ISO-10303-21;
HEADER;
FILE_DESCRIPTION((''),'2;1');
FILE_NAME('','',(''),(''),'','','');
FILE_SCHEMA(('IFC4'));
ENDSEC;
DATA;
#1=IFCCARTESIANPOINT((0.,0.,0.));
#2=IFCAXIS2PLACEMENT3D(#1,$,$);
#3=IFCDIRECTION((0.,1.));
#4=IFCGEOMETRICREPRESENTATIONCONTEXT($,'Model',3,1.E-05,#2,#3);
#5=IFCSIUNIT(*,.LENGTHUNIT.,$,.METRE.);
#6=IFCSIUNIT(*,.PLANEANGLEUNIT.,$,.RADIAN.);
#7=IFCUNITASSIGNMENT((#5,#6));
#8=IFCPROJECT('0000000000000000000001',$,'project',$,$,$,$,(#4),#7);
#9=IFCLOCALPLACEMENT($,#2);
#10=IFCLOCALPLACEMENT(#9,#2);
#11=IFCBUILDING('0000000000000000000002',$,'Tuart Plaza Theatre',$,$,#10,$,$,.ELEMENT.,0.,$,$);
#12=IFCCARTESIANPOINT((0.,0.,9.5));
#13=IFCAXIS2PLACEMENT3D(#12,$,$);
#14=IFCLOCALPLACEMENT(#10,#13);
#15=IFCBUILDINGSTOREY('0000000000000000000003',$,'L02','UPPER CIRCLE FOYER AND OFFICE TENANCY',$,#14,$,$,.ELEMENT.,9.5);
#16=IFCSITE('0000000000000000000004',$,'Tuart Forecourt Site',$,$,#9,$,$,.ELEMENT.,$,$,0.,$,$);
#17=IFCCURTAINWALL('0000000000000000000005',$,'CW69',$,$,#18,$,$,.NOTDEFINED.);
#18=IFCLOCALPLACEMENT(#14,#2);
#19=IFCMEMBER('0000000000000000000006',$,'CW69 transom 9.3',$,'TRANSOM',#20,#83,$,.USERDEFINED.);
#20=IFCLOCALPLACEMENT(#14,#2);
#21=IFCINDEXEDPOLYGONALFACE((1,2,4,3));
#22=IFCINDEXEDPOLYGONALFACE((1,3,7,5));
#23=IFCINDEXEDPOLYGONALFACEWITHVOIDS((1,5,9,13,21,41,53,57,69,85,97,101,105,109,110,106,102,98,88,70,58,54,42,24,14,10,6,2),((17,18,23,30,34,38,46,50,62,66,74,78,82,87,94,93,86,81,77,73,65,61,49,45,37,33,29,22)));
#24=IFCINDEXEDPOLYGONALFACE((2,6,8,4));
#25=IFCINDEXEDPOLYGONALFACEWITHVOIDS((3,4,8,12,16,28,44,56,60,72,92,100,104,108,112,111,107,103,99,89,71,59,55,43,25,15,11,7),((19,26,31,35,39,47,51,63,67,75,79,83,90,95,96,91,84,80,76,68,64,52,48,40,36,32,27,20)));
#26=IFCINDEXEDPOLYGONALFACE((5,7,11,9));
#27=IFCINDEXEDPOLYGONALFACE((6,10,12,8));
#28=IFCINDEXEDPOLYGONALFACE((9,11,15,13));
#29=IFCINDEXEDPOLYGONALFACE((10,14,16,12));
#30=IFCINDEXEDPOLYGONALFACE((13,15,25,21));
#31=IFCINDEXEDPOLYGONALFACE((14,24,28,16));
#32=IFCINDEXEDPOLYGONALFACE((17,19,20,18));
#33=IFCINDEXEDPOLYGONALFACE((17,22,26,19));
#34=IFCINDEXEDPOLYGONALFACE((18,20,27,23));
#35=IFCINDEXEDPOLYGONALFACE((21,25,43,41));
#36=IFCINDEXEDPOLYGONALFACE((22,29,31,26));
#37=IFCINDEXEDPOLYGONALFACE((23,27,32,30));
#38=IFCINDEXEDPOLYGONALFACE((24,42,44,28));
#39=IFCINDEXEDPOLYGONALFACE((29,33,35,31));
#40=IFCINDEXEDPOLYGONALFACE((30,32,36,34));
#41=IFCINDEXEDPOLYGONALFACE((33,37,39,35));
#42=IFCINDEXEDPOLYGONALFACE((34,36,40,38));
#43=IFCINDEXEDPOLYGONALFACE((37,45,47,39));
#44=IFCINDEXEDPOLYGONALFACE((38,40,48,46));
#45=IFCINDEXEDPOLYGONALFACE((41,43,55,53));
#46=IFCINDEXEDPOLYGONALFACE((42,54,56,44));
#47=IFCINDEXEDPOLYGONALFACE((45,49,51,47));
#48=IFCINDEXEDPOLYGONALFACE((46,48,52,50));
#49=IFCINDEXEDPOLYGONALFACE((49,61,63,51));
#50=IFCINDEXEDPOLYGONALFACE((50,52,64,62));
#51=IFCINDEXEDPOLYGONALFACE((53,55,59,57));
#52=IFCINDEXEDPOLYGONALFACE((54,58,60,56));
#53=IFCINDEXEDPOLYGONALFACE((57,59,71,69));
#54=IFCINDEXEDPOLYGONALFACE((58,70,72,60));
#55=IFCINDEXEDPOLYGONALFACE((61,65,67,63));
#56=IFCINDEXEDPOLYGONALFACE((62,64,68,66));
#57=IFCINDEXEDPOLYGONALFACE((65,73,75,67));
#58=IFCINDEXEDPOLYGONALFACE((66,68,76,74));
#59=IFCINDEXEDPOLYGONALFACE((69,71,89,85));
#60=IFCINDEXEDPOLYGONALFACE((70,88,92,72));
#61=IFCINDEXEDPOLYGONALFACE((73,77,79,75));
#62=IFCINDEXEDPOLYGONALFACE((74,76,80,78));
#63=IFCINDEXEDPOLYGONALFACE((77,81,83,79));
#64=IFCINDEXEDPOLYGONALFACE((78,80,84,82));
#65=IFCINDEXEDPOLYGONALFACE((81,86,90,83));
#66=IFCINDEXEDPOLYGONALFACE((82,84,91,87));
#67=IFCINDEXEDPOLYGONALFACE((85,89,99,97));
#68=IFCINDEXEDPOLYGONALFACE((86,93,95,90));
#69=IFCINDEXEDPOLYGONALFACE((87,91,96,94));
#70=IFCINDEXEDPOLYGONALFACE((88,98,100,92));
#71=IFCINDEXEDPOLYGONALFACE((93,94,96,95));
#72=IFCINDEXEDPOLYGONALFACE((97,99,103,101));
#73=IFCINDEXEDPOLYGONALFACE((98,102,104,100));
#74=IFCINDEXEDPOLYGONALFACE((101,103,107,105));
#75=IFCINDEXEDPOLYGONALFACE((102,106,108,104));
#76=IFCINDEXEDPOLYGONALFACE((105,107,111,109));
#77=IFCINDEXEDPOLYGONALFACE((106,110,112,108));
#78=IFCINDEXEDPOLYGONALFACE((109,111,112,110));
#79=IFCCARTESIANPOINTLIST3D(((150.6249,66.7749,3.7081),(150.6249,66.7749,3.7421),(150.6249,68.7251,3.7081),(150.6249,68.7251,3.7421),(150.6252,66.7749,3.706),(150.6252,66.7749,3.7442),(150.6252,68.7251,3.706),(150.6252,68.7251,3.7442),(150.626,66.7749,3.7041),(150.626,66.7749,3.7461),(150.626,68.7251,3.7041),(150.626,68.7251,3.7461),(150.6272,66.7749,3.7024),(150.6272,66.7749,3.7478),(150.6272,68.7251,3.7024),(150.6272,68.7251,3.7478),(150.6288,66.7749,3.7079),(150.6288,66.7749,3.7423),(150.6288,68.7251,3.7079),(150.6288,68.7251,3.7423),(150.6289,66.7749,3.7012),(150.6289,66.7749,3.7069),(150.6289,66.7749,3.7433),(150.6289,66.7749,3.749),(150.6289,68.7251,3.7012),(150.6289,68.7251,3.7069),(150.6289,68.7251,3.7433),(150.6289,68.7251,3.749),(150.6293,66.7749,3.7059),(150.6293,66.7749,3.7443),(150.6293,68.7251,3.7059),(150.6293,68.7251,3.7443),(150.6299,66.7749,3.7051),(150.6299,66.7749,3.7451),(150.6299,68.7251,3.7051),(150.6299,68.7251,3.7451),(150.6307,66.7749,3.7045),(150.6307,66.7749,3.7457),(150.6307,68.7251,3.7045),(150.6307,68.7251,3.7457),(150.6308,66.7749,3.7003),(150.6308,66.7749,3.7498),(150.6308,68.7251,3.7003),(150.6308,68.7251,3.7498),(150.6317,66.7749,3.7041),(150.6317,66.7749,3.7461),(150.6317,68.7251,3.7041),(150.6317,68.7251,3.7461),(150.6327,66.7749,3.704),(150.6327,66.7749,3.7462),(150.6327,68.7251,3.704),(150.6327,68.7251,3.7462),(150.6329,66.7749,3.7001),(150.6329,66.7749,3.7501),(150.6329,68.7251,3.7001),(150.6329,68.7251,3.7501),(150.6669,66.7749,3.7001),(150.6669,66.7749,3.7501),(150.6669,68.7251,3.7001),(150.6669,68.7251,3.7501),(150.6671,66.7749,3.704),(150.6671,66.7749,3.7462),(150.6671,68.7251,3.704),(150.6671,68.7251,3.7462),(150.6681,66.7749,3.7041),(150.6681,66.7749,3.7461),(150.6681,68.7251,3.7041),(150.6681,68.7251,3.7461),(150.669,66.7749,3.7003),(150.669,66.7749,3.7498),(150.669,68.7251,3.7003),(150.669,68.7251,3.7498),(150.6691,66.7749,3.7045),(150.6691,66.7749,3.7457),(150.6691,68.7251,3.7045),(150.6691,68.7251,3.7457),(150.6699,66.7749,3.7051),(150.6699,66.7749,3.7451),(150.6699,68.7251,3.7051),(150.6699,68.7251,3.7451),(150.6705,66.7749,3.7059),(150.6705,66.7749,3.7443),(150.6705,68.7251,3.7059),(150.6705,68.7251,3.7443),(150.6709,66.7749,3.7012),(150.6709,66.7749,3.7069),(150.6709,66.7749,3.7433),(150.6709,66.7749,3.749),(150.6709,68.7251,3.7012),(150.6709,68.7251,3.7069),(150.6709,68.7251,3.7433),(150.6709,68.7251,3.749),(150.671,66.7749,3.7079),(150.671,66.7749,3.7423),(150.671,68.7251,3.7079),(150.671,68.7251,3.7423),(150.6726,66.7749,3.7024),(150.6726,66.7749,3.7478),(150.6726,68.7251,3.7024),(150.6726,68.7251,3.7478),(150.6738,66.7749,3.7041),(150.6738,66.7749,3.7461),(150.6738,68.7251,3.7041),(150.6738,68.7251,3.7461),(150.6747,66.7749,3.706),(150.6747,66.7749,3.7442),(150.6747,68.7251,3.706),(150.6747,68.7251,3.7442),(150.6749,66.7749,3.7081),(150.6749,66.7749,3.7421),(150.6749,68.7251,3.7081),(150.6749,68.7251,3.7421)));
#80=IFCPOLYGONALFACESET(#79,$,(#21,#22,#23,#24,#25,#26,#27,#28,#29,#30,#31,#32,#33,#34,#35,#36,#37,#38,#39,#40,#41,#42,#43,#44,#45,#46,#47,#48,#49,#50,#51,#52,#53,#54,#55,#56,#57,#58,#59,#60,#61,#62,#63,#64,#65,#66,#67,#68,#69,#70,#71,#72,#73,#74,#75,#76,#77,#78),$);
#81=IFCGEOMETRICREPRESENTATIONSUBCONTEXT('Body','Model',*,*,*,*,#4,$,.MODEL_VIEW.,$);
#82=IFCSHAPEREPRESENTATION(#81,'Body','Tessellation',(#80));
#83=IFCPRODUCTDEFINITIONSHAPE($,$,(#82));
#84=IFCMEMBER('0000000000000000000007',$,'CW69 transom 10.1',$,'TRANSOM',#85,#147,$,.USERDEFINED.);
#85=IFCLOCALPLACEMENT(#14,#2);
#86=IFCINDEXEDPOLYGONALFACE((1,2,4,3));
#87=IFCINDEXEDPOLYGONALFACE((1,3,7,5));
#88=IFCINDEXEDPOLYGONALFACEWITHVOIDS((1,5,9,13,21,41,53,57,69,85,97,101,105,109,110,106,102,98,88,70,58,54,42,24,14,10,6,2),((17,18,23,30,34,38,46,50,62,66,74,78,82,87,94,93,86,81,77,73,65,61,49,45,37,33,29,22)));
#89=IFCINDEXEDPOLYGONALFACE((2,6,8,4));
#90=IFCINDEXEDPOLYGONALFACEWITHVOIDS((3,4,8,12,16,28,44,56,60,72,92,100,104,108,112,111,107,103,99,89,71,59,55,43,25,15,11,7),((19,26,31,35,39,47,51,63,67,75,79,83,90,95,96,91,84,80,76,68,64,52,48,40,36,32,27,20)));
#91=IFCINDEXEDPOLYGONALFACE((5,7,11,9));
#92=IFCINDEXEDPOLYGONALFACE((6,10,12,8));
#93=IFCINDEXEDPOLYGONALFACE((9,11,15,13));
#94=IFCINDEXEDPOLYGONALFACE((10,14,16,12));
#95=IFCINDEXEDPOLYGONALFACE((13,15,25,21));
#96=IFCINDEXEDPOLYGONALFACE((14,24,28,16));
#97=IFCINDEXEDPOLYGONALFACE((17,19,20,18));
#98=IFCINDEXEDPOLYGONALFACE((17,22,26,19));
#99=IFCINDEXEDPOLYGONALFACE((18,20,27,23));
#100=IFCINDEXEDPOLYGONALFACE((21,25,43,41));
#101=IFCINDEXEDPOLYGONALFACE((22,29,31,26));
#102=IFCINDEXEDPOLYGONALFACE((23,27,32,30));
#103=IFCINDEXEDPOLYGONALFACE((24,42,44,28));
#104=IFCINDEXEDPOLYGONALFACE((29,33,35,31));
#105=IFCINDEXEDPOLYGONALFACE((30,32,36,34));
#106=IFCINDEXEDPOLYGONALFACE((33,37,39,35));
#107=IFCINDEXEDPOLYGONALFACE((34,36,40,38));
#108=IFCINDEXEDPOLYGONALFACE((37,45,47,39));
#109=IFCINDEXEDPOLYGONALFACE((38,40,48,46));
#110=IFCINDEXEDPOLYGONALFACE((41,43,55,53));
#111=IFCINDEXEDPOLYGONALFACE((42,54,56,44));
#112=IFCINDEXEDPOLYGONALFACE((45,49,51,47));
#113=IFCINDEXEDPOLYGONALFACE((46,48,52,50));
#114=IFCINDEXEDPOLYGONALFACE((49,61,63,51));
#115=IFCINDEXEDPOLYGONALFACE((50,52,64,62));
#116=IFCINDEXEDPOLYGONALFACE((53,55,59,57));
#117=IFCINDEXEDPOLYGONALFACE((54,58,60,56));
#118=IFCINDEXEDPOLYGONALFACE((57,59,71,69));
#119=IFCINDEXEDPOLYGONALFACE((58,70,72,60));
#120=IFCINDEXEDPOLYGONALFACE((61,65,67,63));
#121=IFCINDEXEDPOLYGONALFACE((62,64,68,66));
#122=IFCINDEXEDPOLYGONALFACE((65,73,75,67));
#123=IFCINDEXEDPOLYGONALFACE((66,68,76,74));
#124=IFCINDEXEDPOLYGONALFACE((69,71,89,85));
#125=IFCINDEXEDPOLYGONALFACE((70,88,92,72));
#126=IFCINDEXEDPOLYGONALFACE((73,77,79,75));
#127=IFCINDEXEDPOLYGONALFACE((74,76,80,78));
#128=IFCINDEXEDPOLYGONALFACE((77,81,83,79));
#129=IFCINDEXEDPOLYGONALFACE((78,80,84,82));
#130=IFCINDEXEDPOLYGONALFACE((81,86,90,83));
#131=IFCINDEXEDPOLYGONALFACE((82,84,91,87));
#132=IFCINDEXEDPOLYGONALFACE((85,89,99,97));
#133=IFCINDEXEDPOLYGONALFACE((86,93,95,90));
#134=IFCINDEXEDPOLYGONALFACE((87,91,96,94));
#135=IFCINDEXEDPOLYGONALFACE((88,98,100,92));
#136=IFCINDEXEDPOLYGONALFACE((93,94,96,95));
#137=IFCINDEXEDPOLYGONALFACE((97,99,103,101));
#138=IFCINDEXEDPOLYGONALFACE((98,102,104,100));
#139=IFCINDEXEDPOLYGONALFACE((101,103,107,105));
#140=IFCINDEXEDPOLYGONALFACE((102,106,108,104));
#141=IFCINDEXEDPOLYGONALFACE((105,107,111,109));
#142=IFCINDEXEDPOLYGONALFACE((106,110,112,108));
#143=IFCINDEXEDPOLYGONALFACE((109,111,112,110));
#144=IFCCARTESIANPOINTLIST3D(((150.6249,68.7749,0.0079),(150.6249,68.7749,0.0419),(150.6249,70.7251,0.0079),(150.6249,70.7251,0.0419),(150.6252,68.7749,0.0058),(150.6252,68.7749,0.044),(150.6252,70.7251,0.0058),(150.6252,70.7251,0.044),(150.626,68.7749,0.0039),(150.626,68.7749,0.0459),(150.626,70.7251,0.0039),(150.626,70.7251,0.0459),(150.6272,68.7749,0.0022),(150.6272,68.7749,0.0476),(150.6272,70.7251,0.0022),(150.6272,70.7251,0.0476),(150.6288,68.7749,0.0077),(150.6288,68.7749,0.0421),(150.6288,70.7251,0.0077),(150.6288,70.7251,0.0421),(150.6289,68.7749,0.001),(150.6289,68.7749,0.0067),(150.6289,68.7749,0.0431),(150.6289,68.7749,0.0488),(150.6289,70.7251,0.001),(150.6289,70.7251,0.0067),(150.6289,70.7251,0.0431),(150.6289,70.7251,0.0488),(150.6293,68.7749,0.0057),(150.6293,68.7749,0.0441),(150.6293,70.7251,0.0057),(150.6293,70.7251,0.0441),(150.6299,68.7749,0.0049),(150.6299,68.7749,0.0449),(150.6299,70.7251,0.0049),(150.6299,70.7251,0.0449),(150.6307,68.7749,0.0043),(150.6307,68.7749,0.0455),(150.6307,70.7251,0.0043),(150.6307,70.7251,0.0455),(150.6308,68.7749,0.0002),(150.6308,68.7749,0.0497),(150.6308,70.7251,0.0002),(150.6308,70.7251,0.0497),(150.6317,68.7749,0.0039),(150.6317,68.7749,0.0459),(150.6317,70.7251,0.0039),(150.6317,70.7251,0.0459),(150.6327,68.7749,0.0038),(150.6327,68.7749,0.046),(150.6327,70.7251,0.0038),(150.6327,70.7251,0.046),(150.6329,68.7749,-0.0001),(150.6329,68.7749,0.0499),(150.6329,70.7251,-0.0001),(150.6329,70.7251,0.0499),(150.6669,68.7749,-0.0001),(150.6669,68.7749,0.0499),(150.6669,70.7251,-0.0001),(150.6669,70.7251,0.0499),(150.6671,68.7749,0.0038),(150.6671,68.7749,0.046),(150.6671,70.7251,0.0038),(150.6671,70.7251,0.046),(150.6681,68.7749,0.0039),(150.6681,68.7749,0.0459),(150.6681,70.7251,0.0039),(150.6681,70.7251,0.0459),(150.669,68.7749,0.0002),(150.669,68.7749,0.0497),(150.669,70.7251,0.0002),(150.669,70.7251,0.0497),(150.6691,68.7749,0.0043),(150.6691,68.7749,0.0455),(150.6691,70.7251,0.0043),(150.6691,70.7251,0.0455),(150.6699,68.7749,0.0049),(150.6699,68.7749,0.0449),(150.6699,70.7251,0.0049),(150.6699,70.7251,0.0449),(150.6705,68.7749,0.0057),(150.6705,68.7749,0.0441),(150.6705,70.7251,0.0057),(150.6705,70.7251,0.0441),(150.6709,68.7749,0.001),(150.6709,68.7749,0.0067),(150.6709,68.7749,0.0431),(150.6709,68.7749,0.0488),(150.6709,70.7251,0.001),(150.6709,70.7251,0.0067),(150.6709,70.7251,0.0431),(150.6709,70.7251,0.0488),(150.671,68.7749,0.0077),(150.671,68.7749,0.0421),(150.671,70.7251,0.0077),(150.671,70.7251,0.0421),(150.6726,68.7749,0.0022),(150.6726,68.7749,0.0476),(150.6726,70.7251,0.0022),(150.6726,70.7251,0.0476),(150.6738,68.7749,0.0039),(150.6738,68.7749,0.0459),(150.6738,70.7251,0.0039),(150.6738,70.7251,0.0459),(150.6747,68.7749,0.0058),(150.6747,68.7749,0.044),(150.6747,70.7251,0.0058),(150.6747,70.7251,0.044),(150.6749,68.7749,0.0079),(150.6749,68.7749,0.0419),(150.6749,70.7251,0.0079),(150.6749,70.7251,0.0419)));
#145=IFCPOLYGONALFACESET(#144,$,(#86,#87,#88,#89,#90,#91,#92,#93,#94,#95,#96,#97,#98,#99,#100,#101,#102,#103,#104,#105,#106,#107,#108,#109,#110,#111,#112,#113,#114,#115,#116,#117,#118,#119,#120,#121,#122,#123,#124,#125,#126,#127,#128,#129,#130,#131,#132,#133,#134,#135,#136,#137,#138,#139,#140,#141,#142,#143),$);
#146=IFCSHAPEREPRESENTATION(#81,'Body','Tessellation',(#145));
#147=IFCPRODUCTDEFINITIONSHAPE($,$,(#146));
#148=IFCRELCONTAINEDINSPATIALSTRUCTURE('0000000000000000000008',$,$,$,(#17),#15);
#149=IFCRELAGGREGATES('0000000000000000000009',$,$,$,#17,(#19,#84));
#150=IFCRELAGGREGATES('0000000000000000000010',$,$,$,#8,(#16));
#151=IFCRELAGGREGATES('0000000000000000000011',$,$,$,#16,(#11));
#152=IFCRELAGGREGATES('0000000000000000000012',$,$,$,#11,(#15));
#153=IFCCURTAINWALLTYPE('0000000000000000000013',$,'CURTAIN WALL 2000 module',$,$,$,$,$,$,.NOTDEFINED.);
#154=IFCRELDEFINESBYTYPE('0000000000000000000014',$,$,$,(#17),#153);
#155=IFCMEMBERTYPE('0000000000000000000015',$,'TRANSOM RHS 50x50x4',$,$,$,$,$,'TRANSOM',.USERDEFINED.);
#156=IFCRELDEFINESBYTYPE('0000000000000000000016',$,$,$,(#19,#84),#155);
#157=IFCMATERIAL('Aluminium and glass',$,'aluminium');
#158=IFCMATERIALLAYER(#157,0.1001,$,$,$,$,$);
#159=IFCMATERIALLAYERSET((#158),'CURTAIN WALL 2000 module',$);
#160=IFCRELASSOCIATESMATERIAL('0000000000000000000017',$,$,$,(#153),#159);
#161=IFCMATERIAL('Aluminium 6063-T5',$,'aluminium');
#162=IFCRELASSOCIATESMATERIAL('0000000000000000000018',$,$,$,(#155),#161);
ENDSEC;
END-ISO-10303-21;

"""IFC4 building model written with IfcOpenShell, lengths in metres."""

from ifc_helpers import new_model, si_unit, direction, frame, origin, origin_2d, place, context, subcontext, project, spatial, hollow_rectangle, extrude, material, layer, layer_set, material_profile, profile_set, type_object, element, aggregate, save


model = new_model("IFC4")

# Units and contexts
model_context = context("Model", 3, precision=1e-05, world=origin(), true_north=direction((0.0, 1.0)))
body_context = subcontext(model_context, "Body", "Model", "MODEL_VIEW")
ifc_project = project(units=[si_unit("LENGTHUNIT", "METRE"), si_unit("PLANEANGLEUNIT", "RADIAN")], contexts=[model_context])

# Site, building, storey
site_placement = place(None, origin())
site = spatial("IfcSite", under=ifc_project, at=site_placement, Name="Tuart Forecourt Site", CompositionType="ELEMENT", RefElevation=0.0)
building_placement = place(site_placement, origin())
building = spatial("IfcBuilding", under=site, at=building_placement, Name="Tuart Plaza Theatre", CompositionType="ELEMENT", ElevationOfRefHeight=0.0)
storey_placement = place(building_placement, frame((0.0, 0.0, 9.5)))
storey = spatial("IfcBuildingStorey", under=building, at=storey_placement, Name="L02", Description="UPPER CIRCLE FOYER AND OFFICE TENANCY", CompositionType="ELEMENT", Elevation=9.5)

# Curtain wall, members
ifc_material_1 = material(Name="Aluminium and glass", Category="aluminium")
ifc_layer_1 = layer(ifc_material_1, 0.1001)
ifc_layer_set_1 = layer_set([ifc_layer_1], Name="CURTAIN WALL 2000 module")
curtain_wall_type = type_object("IfcCurtainWallType", Name="CURTAIN WALL 2000 module", PredefinedType="NOTDEFINED", material=ifc_layer_set_1)
curtain_wall_placement = place(storey_placement, origin())
curtain_wall = element("IfcCurtainWall", 1, at=curtain_wall_placement, inside=storey, type_object=curtain_wall_type, Name="CW69", PredefinedType="NOTDEFINED")
ifc_material_2 = material(Name="Aluminium 6063-T5", Category="aluminium")
ifc_material_profile_1 = material_profile(ifc_material_2, hollow_rectangle(XDim=0.05, YDim=0.05, WallThickness=0.0039, InnerFilletRadius=0.0039, OuterFilletRadius=0.0081, at=origin_2d()), Name="RHS 50x50x4")
ifc_profile_set_1 = profile_set([ifc_material_profile_1], Name="Aluminium 6063-T5")
member_type_1 = type_object("IfcMemberType", Name="TRANSOM RHS 50x50x4", ElementType="TRANSOM", PredefinedType="USERDEFINED", material=ifc_profile_set_1)
member_1_placement = place(storey_placement, frame((150.6499, 66.7749, 3.7251), z_axis=(0.0, 1.0, 0.0), x_axis=(-1.0, 0.0, 0.0)))
member_1 = element("IfcMember", 2, at=member_1_placement, type_object=member_type_1, Name="CW69 transom 9.3", ObjectType="TRANSOM", PredefinedType="USERDEFINED", context=body_context, shape_type="SweptSolid", body=[
    extrude(hollow_rectangle(XDim=0.05, YDim=0.05, WallThickness=0.0039, InnerFilletRadius=0.0039, OuterFilletRadius=0.0081, at=origin_2d()), origin(), (0.0, 0.0, 1.0), 1.9502),
])
member_2_placement = place(storey_placement, frame((150.6499, 68.7749, 0.0249), z_axis=(0.0, 1.0, 0.0), x_axis=(-1.0, 0.0, 0.0)))
member_2 = element("IfcMember", 3, at=member_2_placement, type_object=member_type_1, Name="CW69 transom 10.1", ObjectType="TRANSOM", PredefinedType="USERDEFINED", context=body_context, shape_type="SweptSolid", body=[
    extrude(hollow_rectangle(XDim=0.05, YDim=0.05, WallThickness=0.0039, InnerFilletRadius=0.0039, OuterFilletRadius=0.0081, at=origin_2d()), origin(), (0.0, 0.0, 1.0), 1.9502),
])
aggregate(curtain_wall, [member_1, member_2])

save(model, "model.ifc")
